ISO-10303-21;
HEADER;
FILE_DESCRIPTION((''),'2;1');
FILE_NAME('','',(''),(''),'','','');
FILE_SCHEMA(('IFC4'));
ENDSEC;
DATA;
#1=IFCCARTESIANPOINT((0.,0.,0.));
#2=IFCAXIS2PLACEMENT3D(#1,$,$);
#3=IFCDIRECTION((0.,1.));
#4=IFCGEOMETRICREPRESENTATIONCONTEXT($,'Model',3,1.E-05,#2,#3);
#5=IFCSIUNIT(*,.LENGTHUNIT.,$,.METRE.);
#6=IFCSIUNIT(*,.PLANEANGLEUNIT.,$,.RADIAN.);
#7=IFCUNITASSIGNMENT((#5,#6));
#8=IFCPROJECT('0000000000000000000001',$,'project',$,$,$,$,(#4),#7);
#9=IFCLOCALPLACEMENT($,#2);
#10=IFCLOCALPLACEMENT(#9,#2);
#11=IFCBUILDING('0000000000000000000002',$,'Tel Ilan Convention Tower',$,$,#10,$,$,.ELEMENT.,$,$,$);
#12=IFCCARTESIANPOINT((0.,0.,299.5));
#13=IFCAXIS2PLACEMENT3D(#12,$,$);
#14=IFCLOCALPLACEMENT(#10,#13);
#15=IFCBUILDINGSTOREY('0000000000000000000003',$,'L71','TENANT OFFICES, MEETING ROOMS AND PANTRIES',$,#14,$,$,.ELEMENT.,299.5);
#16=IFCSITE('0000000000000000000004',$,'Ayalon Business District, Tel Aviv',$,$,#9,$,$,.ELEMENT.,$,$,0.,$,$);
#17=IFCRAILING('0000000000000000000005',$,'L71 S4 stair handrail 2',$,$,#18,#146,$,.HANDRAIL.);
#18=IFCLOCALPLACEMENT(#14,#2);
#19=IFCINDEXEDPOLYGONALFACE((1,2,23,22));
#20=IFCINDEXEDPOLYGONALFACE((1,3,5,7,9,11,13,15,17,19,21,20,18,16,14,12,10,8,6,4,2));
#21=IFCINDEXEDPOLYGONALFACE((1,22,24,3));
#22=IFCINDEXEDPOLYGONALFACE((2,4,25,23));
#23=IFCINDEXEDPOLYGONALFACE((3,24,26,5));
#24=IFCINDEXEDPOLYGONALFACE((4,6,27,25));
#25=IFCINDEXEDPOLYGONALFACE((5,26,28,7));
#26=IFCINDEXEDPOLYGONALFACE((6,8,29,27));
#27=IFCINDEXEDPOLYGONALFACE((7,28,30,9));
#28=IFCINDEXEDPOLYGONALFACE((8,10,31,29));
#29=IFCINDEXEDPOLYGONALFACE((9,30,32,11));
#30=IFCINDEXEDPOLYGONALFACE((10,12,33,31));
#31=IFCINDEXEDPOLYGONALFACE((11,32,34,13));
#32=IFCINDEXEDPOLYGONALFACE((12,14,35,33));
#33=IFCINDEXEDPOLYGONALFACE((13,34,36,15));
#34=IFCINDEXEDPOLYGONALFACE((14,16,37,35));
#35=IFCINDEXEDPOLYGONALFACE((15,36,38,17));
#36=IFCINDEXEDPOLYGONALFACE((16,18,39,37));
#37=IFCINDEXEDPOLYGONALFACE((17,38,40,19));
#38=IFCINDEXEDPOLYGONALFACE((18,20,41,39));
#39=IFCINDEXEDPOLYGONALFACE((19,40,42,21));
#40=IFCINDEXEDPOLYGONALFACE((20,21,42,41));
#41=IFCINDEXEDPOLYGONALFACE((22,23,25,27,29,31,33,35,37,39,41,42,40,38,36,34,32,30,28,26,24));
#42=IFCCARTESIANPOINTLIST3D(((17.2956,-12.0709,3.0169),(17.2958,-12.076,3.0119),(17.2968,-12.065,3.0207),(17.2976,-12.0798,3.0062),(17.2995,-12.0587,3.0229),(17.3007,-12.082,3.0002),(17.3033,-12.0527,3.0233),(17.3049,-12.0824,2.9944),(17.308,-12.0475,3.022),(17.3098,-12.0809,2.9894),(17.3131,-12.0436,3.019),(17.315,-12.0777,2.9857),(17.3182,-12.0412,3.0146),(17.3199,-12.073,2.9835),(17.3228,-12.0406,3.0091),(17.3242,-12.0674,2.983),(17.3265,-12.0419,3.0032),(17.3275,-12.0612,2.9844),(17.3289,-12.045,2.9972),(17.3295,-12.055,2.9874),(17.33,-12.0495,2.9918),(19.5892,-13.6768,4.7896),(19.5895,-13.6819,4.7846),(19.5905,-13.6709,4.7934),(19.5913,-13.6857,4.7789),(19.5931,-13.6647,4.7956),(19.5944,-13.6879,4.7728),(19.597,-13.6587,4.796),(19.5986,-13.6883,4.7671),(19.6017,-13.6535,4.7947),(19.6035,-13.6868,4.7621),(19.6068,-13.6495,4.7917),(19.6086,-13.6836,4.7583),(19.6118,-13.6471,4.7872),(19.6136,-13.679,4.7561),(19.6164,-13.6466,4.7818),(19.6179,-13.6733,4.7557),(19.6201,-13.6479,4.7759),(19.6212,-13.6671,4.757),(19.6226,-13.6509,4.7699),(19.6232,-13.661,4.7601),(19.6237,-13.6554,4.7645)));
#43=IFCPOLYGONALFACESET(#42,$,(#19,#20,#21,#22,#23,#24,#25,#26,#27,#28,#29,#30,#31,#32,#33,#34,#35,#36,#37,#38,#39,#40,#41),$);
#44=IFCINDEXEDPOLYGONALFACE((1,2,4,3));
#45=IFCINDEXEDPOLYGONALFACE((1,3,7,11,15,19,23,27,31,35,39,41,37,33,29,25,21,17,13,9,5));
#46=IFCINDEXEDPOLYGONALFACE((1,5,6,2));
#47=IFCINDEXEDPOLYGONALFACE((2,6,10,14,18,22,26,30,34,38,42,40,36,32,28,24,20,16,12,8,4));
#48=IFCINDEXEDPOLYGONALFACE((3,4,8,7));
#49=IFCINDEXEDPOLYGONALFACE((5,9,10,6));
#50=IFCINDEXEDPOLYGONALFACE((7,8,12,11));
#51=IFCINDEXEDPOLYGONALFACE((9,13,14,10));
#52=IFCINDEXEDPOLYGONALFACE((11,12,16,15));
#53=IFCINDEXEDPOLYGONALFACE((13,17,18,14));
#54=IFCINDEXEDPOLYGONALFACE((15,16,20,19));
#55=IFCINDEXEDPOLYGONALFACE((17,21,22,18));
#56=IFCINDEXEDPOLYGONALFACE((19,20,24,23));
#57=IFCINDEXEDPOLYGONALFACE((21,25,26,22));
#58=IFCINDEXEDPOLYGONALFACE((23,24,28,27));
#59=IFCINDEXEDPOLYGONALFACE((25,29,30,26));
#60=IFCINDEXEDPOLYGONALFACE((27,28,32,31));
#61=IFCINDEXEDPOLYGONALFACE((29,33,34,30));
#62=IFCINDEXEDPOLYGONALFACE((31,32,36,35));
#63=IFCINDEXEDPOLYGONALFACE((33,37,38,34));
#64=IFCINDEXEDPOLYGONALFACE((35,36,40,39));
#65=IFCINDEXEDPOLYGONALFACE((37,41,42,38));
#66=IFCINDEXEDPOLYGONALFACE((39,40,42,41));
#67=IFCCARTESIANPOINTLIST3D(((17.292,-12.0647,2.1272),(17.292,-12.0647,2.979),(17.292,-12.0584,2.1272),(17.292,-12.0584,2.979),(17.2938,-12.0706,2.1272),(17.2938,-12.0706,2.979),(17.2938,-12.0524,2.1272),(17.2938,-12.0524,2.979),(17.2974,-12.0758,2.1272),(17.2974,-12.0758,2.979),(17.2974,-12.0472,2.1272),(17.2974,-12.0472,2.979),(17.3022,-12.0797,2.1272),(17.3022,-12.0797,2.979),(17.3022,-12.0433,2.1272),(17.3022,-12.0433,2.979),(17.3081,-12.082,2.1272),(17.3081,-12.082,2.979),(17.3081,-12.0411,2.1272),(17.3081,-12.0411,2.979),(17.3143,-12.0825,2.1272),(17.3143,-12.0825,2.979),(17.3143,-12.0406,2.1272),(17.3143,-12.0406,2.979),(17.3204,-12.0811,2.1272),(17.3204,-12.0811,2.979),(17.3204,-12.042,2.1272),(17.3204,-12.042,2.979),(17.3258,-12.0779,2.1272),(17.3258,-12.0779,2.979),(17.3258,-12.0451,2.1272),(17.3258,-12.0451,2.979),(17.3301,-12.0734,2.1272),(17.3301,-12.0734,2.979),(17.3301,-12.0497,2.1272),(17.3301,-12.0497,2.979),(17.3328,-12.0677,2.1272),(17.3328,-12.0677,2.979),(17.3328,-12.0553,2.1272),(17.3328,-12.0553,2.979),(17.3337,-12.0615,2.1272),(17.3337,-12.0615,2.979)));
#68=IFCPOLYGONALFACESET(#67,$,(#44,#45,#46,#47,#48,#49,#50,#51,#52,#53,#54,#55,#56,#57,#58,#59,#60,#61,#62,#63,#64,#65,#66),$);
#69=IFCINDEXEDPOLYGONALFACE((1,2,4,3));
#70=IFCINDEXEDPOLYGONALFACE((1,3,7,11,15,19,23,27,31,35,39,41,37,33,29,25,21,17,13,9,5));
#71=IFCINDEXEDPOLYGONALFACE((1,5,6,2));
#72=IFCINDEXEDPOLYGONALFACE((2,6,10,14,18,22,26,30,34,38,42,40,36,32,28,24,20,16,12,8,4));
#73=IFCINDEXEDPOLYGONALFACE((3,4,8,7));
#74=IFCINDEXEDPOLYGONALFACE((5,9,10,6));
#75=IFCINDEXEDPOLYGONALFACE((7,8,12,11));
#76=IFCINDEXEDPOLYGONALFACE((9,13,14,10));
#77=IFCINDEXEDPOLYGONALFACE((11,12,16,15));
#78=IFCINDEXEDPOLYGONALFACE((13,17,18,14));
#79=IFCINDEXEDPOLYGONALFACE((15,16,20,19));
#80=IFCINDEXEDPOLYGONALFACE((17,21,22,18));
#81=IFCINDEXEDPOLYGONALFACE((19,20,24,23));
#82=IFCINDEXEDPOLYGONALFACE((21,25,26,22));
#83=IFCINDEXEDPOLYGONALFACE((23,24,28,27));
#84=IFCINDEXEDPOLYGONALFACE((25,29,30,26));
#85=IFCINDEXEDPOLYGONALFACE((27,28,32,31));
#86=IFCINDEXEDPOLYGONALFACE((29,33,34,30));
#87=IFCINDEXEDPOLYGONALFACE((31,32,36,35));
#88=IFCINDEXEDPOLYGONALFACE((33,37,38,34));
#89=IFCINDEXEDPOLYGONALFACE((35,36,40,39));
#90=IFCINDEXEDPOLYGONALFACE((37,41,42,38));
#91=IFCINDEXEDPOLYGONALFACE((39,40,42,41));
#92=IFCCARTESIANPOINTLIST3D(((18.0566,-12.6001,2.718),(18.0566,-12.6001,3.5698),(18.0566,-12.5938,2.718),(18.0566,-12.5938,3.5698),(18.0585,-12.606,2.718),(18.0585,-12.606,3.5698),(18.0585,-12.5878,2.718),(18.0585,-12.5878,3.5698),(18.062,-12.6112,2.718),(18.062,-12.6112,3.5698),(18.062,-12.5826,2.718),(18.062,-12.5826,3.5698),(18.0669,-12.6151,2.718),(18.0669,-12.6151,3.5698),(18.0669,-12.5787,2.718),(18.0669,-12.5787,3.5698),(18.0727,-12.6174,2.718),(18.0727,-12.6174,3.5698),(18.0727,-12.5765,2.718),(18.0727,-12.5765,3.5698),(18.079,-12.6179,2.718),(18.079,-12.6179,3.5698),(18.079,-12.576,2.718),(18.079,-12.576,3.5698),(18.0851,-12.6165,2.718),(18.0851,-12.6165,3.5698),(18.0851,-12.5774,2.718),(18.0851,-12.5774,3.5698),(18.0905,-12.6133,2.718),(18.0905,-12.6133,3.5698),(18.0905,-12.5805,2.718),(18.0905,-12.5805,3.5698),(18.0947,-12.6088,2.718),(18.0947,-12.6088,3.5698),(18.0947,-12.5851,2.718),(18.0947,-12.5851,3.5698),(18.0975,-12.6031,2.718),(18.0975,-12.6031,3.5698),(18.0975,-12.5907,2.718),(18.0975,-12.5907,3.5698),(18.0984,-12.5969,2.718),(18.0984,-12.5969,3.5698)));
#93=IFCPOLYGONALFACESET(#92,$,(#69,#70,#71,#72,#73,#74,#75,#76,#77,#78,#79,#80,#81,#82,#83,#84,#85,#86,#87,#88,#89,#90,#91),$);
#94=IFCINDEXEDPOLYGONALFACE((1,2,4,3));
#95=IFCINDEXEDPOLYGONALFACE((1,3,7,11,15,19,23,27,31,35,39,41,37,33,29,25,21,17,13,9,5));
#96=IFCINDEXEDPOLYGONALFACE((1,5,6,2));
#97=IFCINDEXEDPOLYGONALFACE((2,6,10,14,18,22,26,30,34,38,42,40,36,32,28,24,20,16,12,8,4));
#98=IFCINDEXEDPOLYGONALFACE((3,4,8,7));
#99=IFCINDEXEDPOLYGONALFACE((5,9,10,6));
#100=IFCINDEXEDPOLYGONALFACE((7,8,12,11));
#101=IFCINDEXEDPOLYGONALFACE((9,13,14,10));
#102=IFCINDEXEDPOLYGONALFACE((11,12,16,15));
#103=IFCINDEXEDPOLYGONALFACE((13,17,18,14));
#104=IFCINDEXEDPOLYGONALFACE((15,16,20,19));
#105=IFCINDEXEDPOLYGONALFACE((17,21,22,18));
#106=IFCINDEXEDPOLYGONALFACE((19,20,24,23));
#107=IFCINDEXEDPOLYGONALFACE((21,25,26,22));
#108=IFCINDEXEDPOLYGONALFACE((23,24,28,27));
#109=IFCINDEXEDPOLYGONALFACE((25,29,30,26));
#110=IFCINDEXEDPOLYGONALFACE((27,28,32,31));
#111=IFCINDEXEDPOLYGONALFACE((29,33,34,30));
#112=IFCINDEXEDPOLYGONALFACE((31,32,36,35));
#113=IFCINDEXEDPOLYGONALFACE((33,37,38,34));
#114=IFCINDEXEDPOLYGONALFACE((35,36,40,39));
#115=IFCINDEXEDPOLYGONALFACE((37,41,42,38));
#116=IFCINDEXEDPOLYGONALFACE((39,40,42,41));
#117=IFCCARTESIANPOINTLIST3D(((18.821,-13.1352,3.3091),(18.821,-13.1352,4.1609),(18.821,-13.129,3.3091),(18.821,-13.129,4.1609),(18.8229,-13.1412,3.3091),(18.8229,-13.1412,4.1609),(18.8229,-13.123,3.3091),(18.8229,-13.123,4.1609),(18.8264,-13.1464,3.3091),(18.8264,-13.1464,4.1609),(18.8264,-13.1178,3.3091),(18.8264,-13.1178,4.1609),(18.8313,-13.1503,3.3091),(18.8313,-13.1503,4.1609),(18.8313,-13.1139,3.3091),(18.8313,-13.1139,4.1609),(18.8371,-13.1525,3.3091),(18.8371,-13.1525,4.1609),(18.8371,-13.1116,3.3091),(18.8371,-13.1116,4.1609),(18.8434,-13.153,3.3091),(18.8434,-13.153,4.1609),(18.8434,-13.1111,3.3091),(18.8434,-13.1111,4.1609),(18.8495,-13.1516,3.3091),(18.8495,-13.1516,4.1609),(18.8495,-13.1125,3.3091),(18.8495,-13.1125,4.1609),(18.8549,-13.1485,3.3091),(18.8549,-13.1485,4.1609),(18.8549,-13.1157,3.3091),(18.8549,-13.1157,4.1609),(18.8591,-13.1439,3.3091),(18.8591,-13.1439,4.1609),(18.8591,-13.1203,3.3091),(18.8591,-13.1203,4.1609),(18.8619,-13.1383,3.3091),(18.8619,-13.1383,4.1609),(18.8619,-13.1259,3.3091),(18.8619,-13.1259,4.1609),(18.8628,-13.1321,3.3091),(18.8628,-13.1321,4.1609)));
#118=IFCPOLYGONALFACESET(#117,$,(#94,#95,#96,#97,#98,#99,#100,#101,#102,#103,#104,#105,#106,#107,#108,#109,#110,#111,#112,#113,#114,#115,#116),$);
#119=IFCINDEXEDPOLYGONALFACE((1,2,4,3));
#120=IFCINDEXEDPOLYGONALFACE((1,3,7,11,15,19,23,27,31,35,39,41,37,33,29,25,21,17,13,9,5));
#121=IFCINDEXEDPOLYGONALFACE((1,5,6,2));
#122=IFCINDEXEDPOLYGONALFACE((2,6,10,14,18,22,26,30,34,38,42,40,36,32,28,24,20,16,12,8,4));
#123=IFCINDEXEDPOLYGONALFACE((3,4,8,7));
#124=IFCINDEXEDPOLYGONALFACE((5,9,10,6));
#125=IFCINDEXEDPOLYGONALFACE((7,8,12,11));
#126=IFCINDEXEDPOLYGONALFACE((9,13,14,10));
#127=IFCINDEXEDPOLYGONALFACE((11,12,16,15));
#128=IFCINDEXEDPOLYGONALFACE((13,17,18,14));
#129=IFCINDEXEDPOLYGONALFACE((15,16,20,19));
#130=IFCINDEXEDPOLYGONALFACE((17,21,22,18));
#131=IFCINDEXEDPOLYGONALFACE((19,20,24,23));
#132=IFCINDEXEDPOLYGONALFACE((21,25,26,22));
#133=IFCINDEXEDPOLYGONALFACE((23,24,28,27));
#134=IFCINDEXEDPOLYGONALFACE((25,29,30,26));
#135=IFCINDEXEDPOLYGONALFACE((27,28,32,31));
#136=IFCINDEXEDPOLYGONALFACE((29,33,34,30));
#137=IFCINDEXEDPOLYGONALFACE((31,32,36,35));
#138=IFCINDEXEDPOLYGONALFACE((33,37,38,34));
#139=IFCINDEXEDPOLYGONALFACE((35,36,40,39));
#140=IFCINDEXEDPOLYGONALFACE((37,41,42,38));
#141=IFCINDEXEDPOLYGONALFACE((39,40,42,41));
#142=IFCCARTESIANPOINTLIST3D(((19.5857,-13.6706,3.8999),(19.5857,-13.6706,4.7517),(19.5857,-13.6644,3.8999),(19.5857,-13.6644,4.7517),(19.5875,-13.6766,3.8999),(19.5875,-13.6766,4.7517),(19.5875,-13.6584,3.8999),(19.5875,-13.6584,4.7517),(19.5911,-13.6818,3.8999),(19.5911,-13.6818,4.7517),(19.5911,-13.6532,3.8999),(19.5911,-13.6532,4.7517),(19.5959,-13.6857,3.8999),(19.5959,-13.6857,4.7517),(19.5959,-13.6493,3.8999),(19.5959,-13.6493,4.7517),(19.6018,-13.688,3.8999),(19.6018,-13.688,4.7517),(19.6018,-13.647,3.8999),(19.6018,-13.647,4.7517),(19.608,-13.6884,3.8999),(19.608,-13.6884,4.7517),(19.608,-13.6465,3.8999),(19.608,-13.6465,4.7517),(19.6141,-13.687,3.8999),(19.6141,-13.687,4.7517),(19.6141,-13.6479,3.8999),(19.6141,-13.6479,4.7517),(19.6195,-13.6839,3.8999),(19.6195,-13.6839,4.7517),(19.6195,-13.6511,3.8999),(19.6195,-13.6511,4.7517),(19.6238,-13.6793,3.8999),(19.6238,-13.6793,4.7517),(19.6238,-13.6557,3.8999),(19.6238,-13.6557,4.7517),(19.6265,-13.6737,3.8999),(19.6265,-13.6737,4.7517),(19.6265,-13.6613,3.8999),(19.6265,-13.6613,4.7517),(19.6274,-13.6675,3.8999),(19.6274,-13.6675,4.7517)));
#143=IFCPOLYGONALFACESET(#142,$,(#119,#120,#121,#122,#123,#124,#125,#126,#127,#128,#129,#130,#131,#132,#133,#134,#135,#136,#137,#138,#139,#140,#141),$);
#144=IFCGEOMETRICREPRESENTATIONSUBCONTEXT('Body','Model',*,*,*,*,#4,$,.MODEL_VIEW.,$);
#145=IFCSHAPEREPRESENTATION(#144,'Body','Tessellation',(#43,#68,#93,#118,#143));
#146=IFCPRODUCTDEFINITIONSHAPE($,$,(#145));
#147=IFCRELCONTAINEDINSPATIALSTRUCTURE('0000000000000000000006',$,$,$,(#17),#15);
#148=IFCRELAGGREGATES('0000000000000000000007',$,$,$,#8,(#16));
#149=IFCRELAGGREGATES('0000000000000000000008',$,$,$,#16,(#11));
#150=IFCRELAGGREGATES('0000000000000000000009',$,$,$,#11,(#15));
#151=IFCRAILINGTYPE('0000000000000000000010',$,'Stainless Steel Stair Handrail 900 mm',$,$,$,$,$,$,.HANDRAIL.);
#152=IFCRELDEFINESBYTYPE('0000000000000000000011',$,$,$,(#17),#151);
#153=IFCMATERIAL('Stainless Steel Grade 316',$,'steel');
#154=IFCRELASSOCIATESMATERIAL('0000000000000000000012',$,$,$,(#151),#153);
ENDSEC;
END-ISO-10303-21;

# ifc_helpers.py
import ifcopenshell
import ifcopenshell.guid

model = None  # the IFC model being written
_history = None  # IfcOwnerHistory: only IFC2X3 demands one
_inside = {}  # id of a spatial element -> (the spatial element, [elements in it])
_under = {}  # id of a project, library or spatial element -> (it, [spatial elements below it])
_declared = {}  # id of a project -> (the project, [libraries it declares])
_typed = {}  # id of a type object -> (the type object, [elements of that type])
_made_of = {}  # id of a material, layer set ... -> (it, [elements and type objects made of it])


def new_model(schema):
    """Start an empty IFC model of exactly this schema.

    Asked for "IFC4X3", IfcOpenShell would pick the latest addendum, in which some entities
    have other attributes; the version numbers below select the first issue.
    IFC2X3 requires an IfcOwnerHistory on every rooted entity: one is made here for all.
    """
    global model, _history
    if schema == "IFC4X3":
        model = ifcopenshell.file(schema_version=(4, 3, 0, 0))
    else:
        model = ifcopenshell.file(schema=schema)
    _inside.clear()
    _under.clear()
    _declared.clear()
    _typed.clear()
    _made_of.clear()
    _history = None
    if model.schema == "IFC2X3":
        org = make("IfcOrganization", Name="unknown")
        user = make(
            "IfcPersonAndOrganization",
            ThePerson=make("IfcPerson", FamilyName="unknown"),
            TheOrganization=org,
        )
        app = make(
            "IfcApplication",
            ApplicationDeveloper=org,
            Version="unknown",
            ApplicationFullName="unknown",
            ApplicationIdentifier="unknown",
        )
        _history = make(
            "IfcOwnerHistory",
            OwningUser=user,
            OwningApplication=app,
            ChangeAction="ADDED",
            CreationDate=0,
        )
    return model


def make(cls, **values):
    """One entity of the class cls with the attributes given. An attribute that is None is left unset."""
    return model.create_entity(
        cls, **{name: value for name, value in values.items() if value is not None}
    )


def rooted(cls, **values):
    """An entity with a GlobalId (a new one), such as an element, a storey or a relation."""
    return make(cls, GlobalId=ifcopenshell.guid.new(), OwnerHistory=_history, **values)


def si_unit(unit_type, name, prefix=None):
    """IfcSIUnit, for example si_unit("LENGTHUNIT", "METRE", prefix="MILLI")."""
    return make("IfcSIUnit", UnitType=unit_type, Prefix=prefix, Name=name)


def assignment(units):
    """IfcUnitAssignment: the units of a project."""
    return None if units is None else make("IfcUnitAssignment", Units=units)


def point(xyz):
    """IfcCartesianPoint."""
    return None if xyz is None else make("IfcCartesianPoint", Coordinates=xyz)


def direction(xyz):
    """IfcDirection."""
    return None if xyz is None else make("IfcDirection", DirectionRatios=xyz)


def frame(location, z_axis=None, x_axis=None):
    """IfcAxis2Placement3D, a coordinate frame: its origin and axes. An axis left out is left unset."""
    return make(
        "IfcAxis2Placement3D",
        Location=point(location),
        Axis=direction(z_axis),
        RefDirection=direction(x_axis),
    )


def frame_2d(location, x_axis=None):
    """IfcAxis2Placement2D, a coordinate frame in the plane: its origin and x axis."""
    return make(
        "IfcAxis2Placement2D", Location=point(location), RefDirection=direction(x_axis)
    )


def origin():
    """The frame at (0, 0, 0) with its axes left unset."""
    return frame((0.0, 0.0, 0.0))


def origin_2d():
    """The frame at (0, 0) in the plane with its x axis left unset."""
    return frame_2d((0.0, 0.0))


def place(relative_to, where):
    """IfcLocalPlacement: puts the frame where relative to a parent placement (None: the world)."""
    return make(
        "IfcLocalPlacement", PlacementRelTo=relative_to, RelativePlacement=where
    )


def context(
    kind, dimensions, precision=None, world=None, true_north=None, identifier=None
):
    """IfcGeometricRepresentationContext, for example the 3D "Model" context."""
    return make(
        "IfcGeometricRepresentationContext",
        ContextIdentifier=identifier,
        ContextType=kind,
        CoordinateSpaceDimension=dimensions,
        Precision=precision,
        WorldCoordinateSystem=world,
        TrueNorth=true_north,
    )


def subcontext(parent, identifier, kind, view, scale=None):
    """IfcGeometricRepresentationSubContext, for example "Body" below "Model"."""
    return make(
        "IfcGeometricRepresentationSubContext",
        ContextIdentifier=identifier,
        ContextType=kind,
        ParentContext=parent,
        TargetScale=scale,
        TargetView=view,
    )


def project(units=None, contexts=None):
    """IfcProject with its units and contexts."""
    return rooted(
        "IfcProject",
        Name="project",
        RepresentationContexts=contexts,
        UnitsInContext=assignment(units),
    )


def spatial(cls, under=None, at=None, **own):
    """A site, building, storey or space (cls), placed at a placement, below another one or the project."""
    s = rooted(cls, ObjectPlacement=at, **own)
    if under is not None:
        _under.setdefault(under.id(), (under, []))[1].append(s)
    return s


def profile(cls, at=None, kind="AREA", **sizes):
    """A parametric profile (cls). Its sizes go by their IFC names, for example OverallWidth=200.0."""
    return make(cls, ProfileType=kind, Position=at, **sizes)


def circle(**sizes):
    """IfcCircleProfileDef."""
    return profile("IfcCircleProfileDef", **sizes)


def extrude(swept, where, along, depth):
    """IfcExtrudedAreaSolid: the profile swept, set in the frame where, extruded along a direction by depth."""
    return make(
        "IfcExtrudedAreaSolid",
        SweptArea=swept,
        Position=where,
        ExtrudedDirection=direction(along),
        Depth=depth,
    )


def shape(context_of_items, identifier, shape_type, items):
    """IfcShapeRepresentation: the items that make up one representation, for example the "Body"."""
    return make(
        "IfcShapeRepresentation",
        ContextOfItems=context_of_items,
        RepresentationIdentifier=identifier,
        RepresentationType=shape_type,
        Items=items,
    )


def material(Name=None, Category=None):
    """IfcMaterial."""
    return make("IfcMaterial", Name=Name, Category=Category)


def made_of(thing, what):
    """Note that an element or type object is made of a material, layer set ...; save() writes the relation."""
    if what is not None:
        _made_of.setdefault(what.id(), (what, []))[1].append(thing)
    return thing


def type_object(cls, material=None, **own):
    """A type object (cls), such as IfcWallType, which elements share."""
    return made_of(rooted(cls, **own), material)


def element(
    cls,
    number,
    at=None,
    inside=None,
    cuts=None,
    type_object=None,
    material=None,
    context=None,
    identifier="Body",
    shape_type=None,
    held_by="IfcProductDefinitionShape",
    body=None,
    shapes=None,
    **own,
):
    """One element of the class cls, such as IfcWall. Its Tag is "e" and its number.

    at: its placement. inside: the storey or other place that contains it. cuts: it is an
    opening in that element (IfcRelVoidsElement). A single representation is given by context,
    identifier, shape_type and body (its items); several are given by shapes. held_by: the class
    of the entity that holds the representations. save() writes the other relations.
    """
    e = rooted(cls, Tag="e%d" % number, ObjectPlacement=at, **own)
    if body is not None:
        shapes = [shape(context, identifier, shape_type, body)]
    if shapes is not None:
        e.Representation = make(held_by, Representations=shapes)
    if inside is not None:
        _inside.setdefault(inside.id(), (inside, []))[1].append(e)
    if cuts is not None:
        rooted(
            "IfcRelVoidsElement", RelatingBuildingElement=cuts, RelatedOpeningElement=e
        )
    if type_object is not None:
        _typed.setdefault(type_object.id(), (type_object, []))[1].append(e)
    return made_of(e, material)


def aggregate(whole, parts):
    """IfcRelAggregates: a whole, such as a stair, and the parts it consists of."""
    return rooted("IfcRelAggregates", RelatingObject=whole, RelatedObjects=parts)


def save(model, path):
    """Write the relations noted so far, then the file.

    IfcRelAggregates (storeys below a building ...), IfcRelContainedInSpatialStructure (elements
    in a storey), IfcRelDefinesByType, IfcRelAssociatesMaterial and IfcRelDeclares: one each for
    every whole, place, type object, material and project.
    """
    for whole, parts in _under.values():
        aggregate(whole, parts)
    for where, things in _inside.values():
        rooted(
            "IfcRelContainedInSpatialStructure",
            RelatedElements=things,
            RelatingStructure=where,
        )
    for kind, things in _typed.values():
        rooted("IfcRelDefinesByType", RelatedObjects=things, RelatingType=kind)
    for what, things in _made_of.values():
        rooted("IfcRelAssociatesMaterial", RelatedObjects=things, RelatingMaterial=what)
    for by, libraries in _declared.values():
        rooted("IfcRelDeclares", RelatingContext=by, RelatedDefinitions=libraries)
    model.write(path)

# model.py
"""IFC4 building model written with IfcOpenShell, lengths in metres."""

from ifc_helpers import new_model, si_unit, direction, frame, origin, origin_2d, place, context, subcontext, project, spatial, circle, extrude, material, type_object, element, save


model = new_model("IFC4")

# Units and contexts
model_context = context("Model", 3, precision=1e-05, world=origin(), true_north=direction((0.0, 1.0)))
body_context = subcontext(model_context, "Body", "Model", "MODEL_VIEW")
ifc_project = project(units=[si_unit("LENGTHUNIT", "METRE"), si_unit("PLANEANGLEUNIT", "RADIAN")], contexts=[model_context])

# Site, building, storey
site_placement = place(None, origin())
site = spatial("IfcSite", under=ifc_project, at=site_placement, Name="Ayalon Business District, Tel Aviv", CompositionType="ELEMENT", RefElevation=0.0)
building_placement = place(site_placement, origin())
building = spatial("IfcBuilding", under=site, at=building_placement, Name="Tel Ilan Convention Tower", CompositionType="ELEMENT")
storey_placement = place(building_placement, frame((0.0, 0.0, 299.5)))
storey = spatial("IfcBuildingStorey", under=building, at=storey_placement, Name="L71", Description="TENANT OFFICES, MEETING ROOMS AND PANTRIES", CompositionType="ELEMENT", Elevation=299.5)

# Railing
ifc_material_1 = material(Name="Stainless Steel Grade 316", Category="steel")
railing_type = type_object("IfcRailingType", Name="Stainless Steel Stair Handrail 900 mm", PredefinedType="HANDRAIL", material=ifc_material_1)
railing_placement = place(storey_placement, frame((17.3127, -12.0615, 2.1272)))
element("IfcRailing", 1, at=railing_placement, inside=storey, type_object=railing_type, Name="L71 S4 stair handrail 2", PredefinedType="HANDRAIL", context=body_context, shape_type="SweptSolid", body=[
    extrude(circle(Radius=0.0239, at=origin_2d()), frame((0.0, 0.0, 0.876), z_axis=(0.692123, -0.484597, 0.534913), x_axis=(0.57355, 0.81917, 0.0)), (0.0, 0.0, 1.0), 3.314),
    extrude(circle(Radius=0.021, at=origin_2d()), origin(), (0.0, 0.0, 1.0), 0.8518),
    extrude(circle(Radius=0.021, at=origin_2d()), frame((0.7646, -0.5354, 0.5908)), (0.0, 0.0, 1.0), 0.8518),
    extrude(circle(Radius=0.021, at=origin_2d()), frame((1.5291, -1.0706, 1.1819)), (0.0, 0.0, 1.0), 0.8518),
    extrude(circle(Radius=0.021, at=origin_2d()), frame((2.2937, -1.606, 1.7727)), (0.0, 0.0, 1.0), 0.8518),
])

save(model, "model.ifc")
